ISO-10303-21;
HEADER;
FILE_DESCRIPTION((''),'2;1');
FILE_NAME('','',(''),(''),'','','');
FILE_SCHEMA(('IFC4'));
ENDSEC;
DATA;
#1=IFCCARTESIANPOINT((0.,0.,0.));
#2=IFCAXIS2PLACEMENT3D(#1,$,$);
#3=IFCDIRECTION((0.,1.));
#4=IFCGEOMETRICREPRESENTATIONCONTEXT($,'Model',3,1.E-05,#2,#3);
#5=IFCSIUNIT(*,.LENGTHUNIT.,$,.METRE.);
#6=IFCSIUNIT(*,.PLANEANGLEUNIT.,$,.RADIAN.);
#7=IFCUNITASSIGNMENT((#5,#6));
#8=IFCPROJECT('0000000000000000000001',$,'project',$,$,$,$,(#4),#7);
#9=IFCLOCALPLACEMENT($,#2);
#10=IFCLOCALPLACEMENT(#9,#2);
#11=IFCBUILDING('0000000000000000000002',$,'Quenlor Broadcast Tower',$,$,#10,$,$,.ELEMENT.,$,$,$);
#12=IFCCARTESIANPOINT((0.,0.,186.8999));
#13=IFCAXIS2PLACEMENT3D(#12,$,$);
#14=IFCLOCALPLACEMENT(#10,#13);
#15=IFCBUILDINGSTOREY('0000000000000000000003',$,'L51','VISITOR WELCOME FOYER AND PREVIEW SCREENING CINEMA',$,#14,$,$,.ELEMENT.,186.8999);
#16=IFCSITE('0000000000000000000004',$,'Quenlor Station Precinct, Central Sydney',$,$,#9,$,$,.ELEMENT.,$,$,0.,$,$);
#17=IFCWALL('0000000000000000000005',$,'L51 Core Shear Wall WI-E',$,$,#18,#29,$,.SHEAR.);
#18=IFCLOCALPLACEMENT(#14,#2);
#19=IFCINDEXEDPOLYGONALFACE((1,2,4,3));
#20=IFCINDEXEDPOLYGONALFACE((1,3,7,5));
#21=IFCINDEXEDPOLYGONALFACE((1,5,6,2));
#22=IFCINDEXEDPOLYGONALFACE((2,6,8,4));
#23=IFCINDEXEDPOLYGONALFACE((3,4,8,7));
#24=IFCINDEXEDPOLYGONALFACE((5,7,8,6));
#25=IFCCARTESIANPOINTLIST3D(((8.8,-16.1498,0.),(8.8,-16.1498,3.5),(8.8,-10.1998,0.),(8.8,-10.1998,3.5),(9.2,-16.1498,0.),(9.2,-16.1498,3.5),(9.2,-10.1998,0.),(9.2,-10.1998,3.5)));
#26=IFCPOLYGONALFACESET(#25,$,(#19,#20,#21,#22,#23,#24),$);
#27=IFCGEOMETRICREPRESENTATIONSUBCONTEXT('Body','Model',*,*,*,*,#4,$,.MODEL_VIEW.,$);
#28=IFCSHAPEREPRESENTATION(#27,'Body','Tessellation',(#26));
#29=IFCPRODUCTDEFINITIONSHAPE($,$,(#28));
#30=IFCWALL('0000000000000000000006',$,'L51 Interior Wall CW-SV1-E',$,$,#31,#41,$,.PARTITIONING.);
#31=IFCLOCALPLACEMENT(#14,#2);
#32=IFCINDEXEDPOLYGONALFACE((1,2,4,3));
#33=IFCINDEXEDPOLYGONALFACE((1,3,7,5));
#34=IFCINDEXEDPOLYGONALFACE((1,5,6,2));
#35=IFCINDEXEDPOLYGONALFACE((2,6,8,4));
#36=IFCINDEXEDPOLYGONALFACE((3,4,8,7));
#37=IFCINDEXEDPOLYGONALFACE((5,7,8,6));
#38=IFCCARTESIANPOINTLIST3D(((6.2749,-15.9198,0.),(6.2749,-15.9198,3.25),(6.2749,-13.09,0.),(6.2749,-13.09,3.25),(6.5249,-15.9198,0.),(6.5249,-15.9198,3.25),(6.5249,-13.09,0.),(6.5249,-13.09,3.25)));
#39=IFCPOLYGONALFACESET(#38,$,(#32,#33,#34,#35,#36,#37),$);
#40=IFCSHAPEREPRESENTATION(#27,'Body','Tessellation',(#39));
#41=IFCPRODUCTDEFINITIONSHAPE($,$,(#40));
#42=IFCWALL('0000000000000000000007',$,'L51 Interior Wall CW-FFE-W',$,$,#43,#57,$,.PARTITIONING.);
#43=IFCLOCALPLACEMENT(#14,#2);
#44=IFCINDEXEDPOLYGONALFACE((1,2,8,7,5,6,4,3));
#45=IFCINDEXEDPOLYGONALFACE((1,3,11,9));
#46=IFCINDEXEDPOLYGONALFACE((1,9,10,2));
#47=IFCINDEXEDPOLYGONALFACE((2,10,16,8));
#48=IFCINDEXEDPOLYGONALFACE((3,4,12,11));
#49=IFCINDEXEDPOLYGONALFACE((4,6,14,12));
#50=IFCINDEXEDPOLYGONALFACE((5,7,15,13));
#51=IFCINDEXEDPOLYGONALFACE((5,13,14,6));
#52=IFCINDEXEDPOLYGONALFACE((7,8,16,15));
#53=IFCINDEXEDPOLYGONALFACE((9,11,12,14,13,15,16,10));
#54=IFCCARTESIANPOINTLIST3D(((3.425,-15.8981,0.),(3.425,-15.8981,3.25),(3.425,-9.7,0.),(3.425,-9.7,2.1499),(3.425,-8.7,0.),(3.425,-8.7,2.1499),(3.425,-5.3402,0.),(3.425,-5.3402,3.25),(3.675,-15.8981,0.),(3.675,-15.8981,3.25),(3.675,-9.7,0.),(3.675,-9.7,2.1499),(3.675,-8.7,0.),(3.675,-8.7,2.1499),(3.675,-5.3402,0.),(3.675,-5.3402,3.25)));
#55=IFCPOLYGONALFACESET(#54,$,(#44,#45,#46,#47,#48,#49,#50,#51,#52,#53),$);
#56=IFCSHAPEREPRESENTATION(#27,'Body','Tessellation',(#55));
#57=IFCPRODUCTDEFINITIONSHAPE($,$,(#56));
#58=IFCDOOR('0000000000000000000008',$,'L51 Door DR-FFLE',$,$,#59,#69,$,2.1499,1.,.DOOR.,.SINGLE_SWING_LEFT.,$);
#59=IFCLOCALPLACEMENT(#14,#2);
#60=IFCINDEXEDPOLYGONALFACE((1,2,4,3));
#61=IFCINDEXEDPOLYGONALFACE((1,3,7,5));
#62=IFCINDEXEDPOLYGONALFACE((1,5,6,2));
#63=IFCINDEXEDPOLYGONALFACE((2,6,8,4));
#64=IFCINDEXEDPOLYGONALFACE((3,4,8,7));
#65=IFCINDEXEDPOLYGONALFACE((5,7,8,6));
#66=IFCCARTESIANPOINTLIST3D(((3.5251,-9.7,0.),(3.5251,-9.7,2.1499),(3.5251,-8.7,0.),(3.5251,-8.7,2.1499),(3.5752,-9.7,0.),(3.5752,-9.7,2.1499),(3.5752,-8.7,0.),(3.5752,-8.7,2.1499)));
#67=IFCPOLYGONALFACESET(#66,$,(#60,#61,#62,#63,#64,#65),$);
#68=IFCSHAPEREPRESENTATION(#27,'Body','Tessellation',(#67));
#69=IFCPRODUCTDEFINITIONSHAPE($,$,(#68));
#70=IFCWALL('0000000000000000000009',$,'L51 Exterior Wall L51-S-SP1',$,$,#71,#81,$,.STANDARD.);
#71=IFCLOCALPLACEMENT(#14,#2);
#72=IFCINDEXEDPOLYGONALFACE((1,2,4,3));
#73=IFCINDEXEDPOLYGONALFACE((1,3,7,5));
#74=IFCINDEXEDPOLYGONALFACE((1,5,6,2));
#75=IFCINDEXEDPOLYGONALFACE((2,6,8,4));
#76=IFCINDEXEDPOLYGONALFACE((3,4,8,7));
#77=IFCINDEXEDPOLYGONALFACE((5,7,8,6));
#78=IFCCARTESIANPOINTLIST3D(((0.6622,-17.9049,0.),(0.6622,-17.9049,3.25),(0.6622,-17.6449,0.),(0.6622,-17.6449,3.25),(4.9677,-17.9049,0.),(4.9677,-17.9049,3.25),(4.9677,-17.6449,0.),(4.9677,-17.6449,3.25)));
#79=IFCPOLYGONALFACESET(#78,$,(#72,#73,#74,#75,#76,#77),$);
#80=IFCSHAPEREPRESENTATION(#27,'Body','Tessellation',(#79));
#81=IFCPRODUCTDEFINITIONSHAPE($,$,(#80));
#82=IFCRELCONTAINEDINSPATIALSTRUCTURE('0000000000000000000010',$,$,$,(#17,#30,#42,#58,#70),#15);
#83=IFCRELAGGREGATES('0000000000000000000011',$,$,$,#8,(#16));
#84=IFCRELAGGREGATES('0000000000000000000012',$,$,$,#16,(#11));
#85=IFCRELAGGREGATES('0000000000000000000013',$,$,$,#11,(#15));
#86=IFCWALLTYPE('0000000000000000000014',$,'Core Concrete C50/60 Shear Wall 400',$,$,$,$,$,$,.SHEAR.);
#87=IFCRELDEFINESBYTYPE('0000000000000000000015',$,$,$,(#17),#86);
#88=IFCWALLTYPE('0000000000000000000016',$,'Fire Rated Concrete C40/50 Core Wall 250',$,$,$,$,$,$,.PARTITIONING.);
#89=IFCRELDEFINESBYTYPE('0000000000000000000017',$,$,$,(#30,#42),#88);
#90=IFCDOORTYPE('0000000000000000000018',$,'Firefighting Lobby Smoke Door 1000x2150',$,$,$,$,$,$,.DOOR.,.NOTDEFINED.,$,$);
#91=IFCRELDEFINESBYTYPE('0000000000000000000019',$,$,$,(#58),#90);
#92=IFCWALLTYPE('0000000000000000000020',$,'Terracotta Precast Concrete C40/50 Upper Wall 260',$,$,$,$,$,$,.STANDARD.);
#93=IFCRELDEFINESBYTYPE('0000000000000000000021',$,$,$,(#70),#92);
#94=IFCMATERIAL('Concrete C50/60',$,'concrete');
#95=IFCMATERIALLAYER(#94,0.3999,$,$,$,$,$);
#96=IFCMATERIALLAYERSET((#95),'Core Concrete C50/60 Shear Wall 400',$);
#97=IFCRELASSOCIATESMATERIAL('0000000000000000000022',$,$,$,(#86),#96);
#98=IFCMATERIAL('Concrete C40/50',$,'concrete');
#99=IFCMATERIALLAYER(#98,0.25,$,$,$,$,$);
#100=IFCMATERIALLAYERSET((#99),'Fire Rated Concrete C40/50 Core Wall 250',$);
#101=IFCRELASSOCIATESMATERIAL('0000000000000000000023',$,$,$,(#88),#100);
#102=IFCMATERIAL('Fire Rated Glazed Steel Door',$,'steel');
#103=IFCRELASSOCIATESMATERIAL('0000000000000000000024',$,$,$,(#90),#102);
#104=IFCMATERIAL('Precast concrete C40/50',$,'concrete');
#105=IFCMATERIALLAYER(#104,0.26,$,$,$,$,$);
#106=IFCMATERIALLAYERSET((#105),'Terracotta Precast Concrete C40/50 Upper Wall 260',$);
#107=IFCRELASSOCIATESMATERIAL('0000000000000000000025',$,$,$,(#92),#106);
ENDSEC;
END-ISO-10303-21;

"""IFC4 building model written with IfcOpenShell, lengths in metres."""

from ifc_helpers import new_model, si_unit, direction, frame, frame_2d, origin, place, context, subcontext, project, spatial, rectangle, extrude, material, layer, layer_set, type_object, element, fill, save


model = new_model("IFC4")

# Units and contexts
model_context = context("Model", 3, precision=1e-05, world=origin(), true_north=direction((0.0, 1.0)))
body_context = subcontext(model_context, "Body", "Model", "MODEL_VIEW")
ifc_project = project(units=[si_unit("LENGTHUNIT", "METRE"), si_unit("PLANEANGLEUNIT", "RADIAN")], contexts=[model_context])

# Site, building, storey
site_placement = place(None, origin())
site = spatial("IfcSite", under=ifc_project, at=site_placement, Name="Quenlor Station Precinct, Central Sydney", CompositionType="ELEMENT", RefElevation=0.0)
building_placement = place(site_placement, origin())
building = spatial("IfcBuilding", under=site, at=building_placement, Name="Quenlor Broadcast Tower", CompositionType="ELEMENT")
storey_placement = place(building_placement, frame((0.0, 0.0, 186.8999)))
storey = spatial("IfcBuildingStorey", under=building, at=storey_placement, Name="L51", Description="VISITOR WELCOME FOYER AND PREVIEW SCREENING CINEMA", CompositionType="ELEMENT", Elevation=186.8999)

# Walls
ifc_material_1 = material(Name="Concrete C50/60", Category="concrete")
ifc_layer_1 = layer(ifc_material_1, 0.3999)
ifc_layer_set_1 = layer_set([ifc_layer_1], Name="Core Concrete C50/60 Shear Wall 400")
wall_type_1 = type_object("IfcWallType", Name="Core Concrete C50/60 Shear Wall 400", PredefinedType="SHEAR", material=ifc_layer_set_1)
wall_1_placement = place(storey_placement, frame((9.0, -16.1499, 0.0), z_axis=(0.0, 0.0, 1.0), x_axis=(0.0, 1.0, 0.0)))
element("IfcWall", 1, at=wall_1_placement, inside=storey, type_object=wall_type_1, Name="L51 Core Shear Wall WI-E", PredefinedType="SHEAR", context=body_context, shape_type="SweptSolid", body=[
    extrude(rectangle(XDim=5.95, YDim=0.3999, at=frame_2d((2.9751, 0.0))), origin(), (0.0, 0.0, 1.0), 3.5),
])
ifc_material_2 = material(Name="Concrete C40/50", Category="concrete")
ifc_layer_2 = layer(ifc_material_2, 0.25)
ifc_layer_set_2 = layer_set([ifc_layer_2], Name="Fire Rated Concrete C40/50 Core Wall 250")
wall_type_2 = type_object("IfcWallType", Name="Fire Rated Concrete C40/50 Core Wall 250", PredefinedType="PARTITIONING", material=ifc_layer_set_2)
wall_2_placement = place(storey_placement, frame((6.3999, -15.9199, 0.0), z_axis=(0.0, 0.0, 1.0), x_axis=(0.0, 1.0, 0.0)))
element("IfcWall", 2, at=wall_2_placement, inside=storey, type_object=wall_type_2, Name="L51 Interior Wall CW-SV1-E", PredefinedType="PARTITIONING", context=body_context, shape_type="SweptSolid", body=[
    extrude(rectangle(XDim=2.8298, YDim=0.25, at=frame_2d((1.415, 0.0))), origin(), (0.0, 0.0, 1.0), 3.25),
])

# Wall, opening, door
wall_3_placement = place(storey_placement, frame((3.55, -15.8979, 0.0), z_axis=(0.0, 0.0, 1.0), x_axis=(0.0, 1.0, 0.0)))
wall_3 = element("IfcWall", 3, at=wall_3_placement, inside=storey, type_object=wall_type_2, Name="L51 Interior Wall CW-FFE-W", PredefinedType="PARTITIONING", context=body_context, shape_type="SweptSolid", body=[
    extrude(rectangle(XDim=10.5579, YDim=0.25, at=frame_2d((5.2788, 0.0))), origin(), (0.0, 0.0, 1.0), 3.25),
])
opening_1_placement = place(wall_3_placement, frame((6.198, 0.0, 0.0)))
opening_1 = element("IfcOpeningElement", 4, at=opening_1_placement, cuts=wall_3, PredefinedType="OPENING", context=body_context, shape_type="SweptSolid", body=[
    extrude(rectangle(XDim=1.0, YDim=2.1499, at=frame_2d((0.5, 1.075))), frame((0.0, 0.135, 0.0), z_axis=(0.0, -1.0, 0.0), x_axis=(1.0, 0.0, 0.0)), (0.0, 0.0, 1.0), 0.27),
])
ifc_material_3 = material(Name="Fire Rated Glazed Steel Door", Category="steel")
door_type_1 = type_object("IfcDoorType", Name="Firefighting Lobby Smoke Door 1000x2150", OperationType="NOTDEFINED", PredefinedType="DOOR", material=ifc_material_3)
door_1_placement = place(opening_1_placement, origin())
door_1 = element("IfcDoor", 5, at=door_1_placement, inside=storey, type_object=door_type_1, Name="L51 Door DR-FFLE", OperationType="SINGLE_SWING_LEFT", OverallHeight=2.1499, OverallWidth=1.0, PredefinedType="DOOR", context=body_context, shape_type="SweptSolid", body=[
    extrude(rectangle(XDim=1.0, YDim=2.1499, at=frame_2d((0.5, 1.075))), frame((0.0, 0.0249, 0.0), z_axis=(0.0, -1.0, 0.0), x_axis=(1.0, 0.0, 0.0)), (0.0, 0.0, 1.0), 0.05),
])
fill(opening_1, door_1)

# Wall
ifc_material_4 = material(Name="Precast concrete C40/50", Category="concrete")
ifc_layer_3 = layer(ifc_material_4, 0.26)
ifc_layer_set_3 = layer_set([ifc_layer_3], Name="Terracotta Precast Concrete C40/50 Upper Wall 260")
wall_type_3 = type_object("IfcWallType", Name="Terracotta Precast Concrete C40/50 Upper Wall 260", PredefinedType="STANDARD", material=ifc_layer_set_3)
wall_4_placement = place(storey_placement, frame((4.9678, -17.7749, 0.0), z_axis=(0.0, 0.0, 1.0), x_axis=(-1.0, 0.0, 0.0)))
element("IfcWall", 6, at=wall_4_placement, inside=storey, type_object=wall_type_3, Name="L51 Exterior Wall L51-S-SP1", PredefinedType="STANDARD", context=body_context, shape_type="SweptSolid", body=[
    extrude(rectangle(XDim=4.3054, YDim=0.26, at=frame_2d((2.1528, 0.0))), origin(), (0.0, 0.0, 1.0), 3.25),
])

save(model, "model.ifc")
